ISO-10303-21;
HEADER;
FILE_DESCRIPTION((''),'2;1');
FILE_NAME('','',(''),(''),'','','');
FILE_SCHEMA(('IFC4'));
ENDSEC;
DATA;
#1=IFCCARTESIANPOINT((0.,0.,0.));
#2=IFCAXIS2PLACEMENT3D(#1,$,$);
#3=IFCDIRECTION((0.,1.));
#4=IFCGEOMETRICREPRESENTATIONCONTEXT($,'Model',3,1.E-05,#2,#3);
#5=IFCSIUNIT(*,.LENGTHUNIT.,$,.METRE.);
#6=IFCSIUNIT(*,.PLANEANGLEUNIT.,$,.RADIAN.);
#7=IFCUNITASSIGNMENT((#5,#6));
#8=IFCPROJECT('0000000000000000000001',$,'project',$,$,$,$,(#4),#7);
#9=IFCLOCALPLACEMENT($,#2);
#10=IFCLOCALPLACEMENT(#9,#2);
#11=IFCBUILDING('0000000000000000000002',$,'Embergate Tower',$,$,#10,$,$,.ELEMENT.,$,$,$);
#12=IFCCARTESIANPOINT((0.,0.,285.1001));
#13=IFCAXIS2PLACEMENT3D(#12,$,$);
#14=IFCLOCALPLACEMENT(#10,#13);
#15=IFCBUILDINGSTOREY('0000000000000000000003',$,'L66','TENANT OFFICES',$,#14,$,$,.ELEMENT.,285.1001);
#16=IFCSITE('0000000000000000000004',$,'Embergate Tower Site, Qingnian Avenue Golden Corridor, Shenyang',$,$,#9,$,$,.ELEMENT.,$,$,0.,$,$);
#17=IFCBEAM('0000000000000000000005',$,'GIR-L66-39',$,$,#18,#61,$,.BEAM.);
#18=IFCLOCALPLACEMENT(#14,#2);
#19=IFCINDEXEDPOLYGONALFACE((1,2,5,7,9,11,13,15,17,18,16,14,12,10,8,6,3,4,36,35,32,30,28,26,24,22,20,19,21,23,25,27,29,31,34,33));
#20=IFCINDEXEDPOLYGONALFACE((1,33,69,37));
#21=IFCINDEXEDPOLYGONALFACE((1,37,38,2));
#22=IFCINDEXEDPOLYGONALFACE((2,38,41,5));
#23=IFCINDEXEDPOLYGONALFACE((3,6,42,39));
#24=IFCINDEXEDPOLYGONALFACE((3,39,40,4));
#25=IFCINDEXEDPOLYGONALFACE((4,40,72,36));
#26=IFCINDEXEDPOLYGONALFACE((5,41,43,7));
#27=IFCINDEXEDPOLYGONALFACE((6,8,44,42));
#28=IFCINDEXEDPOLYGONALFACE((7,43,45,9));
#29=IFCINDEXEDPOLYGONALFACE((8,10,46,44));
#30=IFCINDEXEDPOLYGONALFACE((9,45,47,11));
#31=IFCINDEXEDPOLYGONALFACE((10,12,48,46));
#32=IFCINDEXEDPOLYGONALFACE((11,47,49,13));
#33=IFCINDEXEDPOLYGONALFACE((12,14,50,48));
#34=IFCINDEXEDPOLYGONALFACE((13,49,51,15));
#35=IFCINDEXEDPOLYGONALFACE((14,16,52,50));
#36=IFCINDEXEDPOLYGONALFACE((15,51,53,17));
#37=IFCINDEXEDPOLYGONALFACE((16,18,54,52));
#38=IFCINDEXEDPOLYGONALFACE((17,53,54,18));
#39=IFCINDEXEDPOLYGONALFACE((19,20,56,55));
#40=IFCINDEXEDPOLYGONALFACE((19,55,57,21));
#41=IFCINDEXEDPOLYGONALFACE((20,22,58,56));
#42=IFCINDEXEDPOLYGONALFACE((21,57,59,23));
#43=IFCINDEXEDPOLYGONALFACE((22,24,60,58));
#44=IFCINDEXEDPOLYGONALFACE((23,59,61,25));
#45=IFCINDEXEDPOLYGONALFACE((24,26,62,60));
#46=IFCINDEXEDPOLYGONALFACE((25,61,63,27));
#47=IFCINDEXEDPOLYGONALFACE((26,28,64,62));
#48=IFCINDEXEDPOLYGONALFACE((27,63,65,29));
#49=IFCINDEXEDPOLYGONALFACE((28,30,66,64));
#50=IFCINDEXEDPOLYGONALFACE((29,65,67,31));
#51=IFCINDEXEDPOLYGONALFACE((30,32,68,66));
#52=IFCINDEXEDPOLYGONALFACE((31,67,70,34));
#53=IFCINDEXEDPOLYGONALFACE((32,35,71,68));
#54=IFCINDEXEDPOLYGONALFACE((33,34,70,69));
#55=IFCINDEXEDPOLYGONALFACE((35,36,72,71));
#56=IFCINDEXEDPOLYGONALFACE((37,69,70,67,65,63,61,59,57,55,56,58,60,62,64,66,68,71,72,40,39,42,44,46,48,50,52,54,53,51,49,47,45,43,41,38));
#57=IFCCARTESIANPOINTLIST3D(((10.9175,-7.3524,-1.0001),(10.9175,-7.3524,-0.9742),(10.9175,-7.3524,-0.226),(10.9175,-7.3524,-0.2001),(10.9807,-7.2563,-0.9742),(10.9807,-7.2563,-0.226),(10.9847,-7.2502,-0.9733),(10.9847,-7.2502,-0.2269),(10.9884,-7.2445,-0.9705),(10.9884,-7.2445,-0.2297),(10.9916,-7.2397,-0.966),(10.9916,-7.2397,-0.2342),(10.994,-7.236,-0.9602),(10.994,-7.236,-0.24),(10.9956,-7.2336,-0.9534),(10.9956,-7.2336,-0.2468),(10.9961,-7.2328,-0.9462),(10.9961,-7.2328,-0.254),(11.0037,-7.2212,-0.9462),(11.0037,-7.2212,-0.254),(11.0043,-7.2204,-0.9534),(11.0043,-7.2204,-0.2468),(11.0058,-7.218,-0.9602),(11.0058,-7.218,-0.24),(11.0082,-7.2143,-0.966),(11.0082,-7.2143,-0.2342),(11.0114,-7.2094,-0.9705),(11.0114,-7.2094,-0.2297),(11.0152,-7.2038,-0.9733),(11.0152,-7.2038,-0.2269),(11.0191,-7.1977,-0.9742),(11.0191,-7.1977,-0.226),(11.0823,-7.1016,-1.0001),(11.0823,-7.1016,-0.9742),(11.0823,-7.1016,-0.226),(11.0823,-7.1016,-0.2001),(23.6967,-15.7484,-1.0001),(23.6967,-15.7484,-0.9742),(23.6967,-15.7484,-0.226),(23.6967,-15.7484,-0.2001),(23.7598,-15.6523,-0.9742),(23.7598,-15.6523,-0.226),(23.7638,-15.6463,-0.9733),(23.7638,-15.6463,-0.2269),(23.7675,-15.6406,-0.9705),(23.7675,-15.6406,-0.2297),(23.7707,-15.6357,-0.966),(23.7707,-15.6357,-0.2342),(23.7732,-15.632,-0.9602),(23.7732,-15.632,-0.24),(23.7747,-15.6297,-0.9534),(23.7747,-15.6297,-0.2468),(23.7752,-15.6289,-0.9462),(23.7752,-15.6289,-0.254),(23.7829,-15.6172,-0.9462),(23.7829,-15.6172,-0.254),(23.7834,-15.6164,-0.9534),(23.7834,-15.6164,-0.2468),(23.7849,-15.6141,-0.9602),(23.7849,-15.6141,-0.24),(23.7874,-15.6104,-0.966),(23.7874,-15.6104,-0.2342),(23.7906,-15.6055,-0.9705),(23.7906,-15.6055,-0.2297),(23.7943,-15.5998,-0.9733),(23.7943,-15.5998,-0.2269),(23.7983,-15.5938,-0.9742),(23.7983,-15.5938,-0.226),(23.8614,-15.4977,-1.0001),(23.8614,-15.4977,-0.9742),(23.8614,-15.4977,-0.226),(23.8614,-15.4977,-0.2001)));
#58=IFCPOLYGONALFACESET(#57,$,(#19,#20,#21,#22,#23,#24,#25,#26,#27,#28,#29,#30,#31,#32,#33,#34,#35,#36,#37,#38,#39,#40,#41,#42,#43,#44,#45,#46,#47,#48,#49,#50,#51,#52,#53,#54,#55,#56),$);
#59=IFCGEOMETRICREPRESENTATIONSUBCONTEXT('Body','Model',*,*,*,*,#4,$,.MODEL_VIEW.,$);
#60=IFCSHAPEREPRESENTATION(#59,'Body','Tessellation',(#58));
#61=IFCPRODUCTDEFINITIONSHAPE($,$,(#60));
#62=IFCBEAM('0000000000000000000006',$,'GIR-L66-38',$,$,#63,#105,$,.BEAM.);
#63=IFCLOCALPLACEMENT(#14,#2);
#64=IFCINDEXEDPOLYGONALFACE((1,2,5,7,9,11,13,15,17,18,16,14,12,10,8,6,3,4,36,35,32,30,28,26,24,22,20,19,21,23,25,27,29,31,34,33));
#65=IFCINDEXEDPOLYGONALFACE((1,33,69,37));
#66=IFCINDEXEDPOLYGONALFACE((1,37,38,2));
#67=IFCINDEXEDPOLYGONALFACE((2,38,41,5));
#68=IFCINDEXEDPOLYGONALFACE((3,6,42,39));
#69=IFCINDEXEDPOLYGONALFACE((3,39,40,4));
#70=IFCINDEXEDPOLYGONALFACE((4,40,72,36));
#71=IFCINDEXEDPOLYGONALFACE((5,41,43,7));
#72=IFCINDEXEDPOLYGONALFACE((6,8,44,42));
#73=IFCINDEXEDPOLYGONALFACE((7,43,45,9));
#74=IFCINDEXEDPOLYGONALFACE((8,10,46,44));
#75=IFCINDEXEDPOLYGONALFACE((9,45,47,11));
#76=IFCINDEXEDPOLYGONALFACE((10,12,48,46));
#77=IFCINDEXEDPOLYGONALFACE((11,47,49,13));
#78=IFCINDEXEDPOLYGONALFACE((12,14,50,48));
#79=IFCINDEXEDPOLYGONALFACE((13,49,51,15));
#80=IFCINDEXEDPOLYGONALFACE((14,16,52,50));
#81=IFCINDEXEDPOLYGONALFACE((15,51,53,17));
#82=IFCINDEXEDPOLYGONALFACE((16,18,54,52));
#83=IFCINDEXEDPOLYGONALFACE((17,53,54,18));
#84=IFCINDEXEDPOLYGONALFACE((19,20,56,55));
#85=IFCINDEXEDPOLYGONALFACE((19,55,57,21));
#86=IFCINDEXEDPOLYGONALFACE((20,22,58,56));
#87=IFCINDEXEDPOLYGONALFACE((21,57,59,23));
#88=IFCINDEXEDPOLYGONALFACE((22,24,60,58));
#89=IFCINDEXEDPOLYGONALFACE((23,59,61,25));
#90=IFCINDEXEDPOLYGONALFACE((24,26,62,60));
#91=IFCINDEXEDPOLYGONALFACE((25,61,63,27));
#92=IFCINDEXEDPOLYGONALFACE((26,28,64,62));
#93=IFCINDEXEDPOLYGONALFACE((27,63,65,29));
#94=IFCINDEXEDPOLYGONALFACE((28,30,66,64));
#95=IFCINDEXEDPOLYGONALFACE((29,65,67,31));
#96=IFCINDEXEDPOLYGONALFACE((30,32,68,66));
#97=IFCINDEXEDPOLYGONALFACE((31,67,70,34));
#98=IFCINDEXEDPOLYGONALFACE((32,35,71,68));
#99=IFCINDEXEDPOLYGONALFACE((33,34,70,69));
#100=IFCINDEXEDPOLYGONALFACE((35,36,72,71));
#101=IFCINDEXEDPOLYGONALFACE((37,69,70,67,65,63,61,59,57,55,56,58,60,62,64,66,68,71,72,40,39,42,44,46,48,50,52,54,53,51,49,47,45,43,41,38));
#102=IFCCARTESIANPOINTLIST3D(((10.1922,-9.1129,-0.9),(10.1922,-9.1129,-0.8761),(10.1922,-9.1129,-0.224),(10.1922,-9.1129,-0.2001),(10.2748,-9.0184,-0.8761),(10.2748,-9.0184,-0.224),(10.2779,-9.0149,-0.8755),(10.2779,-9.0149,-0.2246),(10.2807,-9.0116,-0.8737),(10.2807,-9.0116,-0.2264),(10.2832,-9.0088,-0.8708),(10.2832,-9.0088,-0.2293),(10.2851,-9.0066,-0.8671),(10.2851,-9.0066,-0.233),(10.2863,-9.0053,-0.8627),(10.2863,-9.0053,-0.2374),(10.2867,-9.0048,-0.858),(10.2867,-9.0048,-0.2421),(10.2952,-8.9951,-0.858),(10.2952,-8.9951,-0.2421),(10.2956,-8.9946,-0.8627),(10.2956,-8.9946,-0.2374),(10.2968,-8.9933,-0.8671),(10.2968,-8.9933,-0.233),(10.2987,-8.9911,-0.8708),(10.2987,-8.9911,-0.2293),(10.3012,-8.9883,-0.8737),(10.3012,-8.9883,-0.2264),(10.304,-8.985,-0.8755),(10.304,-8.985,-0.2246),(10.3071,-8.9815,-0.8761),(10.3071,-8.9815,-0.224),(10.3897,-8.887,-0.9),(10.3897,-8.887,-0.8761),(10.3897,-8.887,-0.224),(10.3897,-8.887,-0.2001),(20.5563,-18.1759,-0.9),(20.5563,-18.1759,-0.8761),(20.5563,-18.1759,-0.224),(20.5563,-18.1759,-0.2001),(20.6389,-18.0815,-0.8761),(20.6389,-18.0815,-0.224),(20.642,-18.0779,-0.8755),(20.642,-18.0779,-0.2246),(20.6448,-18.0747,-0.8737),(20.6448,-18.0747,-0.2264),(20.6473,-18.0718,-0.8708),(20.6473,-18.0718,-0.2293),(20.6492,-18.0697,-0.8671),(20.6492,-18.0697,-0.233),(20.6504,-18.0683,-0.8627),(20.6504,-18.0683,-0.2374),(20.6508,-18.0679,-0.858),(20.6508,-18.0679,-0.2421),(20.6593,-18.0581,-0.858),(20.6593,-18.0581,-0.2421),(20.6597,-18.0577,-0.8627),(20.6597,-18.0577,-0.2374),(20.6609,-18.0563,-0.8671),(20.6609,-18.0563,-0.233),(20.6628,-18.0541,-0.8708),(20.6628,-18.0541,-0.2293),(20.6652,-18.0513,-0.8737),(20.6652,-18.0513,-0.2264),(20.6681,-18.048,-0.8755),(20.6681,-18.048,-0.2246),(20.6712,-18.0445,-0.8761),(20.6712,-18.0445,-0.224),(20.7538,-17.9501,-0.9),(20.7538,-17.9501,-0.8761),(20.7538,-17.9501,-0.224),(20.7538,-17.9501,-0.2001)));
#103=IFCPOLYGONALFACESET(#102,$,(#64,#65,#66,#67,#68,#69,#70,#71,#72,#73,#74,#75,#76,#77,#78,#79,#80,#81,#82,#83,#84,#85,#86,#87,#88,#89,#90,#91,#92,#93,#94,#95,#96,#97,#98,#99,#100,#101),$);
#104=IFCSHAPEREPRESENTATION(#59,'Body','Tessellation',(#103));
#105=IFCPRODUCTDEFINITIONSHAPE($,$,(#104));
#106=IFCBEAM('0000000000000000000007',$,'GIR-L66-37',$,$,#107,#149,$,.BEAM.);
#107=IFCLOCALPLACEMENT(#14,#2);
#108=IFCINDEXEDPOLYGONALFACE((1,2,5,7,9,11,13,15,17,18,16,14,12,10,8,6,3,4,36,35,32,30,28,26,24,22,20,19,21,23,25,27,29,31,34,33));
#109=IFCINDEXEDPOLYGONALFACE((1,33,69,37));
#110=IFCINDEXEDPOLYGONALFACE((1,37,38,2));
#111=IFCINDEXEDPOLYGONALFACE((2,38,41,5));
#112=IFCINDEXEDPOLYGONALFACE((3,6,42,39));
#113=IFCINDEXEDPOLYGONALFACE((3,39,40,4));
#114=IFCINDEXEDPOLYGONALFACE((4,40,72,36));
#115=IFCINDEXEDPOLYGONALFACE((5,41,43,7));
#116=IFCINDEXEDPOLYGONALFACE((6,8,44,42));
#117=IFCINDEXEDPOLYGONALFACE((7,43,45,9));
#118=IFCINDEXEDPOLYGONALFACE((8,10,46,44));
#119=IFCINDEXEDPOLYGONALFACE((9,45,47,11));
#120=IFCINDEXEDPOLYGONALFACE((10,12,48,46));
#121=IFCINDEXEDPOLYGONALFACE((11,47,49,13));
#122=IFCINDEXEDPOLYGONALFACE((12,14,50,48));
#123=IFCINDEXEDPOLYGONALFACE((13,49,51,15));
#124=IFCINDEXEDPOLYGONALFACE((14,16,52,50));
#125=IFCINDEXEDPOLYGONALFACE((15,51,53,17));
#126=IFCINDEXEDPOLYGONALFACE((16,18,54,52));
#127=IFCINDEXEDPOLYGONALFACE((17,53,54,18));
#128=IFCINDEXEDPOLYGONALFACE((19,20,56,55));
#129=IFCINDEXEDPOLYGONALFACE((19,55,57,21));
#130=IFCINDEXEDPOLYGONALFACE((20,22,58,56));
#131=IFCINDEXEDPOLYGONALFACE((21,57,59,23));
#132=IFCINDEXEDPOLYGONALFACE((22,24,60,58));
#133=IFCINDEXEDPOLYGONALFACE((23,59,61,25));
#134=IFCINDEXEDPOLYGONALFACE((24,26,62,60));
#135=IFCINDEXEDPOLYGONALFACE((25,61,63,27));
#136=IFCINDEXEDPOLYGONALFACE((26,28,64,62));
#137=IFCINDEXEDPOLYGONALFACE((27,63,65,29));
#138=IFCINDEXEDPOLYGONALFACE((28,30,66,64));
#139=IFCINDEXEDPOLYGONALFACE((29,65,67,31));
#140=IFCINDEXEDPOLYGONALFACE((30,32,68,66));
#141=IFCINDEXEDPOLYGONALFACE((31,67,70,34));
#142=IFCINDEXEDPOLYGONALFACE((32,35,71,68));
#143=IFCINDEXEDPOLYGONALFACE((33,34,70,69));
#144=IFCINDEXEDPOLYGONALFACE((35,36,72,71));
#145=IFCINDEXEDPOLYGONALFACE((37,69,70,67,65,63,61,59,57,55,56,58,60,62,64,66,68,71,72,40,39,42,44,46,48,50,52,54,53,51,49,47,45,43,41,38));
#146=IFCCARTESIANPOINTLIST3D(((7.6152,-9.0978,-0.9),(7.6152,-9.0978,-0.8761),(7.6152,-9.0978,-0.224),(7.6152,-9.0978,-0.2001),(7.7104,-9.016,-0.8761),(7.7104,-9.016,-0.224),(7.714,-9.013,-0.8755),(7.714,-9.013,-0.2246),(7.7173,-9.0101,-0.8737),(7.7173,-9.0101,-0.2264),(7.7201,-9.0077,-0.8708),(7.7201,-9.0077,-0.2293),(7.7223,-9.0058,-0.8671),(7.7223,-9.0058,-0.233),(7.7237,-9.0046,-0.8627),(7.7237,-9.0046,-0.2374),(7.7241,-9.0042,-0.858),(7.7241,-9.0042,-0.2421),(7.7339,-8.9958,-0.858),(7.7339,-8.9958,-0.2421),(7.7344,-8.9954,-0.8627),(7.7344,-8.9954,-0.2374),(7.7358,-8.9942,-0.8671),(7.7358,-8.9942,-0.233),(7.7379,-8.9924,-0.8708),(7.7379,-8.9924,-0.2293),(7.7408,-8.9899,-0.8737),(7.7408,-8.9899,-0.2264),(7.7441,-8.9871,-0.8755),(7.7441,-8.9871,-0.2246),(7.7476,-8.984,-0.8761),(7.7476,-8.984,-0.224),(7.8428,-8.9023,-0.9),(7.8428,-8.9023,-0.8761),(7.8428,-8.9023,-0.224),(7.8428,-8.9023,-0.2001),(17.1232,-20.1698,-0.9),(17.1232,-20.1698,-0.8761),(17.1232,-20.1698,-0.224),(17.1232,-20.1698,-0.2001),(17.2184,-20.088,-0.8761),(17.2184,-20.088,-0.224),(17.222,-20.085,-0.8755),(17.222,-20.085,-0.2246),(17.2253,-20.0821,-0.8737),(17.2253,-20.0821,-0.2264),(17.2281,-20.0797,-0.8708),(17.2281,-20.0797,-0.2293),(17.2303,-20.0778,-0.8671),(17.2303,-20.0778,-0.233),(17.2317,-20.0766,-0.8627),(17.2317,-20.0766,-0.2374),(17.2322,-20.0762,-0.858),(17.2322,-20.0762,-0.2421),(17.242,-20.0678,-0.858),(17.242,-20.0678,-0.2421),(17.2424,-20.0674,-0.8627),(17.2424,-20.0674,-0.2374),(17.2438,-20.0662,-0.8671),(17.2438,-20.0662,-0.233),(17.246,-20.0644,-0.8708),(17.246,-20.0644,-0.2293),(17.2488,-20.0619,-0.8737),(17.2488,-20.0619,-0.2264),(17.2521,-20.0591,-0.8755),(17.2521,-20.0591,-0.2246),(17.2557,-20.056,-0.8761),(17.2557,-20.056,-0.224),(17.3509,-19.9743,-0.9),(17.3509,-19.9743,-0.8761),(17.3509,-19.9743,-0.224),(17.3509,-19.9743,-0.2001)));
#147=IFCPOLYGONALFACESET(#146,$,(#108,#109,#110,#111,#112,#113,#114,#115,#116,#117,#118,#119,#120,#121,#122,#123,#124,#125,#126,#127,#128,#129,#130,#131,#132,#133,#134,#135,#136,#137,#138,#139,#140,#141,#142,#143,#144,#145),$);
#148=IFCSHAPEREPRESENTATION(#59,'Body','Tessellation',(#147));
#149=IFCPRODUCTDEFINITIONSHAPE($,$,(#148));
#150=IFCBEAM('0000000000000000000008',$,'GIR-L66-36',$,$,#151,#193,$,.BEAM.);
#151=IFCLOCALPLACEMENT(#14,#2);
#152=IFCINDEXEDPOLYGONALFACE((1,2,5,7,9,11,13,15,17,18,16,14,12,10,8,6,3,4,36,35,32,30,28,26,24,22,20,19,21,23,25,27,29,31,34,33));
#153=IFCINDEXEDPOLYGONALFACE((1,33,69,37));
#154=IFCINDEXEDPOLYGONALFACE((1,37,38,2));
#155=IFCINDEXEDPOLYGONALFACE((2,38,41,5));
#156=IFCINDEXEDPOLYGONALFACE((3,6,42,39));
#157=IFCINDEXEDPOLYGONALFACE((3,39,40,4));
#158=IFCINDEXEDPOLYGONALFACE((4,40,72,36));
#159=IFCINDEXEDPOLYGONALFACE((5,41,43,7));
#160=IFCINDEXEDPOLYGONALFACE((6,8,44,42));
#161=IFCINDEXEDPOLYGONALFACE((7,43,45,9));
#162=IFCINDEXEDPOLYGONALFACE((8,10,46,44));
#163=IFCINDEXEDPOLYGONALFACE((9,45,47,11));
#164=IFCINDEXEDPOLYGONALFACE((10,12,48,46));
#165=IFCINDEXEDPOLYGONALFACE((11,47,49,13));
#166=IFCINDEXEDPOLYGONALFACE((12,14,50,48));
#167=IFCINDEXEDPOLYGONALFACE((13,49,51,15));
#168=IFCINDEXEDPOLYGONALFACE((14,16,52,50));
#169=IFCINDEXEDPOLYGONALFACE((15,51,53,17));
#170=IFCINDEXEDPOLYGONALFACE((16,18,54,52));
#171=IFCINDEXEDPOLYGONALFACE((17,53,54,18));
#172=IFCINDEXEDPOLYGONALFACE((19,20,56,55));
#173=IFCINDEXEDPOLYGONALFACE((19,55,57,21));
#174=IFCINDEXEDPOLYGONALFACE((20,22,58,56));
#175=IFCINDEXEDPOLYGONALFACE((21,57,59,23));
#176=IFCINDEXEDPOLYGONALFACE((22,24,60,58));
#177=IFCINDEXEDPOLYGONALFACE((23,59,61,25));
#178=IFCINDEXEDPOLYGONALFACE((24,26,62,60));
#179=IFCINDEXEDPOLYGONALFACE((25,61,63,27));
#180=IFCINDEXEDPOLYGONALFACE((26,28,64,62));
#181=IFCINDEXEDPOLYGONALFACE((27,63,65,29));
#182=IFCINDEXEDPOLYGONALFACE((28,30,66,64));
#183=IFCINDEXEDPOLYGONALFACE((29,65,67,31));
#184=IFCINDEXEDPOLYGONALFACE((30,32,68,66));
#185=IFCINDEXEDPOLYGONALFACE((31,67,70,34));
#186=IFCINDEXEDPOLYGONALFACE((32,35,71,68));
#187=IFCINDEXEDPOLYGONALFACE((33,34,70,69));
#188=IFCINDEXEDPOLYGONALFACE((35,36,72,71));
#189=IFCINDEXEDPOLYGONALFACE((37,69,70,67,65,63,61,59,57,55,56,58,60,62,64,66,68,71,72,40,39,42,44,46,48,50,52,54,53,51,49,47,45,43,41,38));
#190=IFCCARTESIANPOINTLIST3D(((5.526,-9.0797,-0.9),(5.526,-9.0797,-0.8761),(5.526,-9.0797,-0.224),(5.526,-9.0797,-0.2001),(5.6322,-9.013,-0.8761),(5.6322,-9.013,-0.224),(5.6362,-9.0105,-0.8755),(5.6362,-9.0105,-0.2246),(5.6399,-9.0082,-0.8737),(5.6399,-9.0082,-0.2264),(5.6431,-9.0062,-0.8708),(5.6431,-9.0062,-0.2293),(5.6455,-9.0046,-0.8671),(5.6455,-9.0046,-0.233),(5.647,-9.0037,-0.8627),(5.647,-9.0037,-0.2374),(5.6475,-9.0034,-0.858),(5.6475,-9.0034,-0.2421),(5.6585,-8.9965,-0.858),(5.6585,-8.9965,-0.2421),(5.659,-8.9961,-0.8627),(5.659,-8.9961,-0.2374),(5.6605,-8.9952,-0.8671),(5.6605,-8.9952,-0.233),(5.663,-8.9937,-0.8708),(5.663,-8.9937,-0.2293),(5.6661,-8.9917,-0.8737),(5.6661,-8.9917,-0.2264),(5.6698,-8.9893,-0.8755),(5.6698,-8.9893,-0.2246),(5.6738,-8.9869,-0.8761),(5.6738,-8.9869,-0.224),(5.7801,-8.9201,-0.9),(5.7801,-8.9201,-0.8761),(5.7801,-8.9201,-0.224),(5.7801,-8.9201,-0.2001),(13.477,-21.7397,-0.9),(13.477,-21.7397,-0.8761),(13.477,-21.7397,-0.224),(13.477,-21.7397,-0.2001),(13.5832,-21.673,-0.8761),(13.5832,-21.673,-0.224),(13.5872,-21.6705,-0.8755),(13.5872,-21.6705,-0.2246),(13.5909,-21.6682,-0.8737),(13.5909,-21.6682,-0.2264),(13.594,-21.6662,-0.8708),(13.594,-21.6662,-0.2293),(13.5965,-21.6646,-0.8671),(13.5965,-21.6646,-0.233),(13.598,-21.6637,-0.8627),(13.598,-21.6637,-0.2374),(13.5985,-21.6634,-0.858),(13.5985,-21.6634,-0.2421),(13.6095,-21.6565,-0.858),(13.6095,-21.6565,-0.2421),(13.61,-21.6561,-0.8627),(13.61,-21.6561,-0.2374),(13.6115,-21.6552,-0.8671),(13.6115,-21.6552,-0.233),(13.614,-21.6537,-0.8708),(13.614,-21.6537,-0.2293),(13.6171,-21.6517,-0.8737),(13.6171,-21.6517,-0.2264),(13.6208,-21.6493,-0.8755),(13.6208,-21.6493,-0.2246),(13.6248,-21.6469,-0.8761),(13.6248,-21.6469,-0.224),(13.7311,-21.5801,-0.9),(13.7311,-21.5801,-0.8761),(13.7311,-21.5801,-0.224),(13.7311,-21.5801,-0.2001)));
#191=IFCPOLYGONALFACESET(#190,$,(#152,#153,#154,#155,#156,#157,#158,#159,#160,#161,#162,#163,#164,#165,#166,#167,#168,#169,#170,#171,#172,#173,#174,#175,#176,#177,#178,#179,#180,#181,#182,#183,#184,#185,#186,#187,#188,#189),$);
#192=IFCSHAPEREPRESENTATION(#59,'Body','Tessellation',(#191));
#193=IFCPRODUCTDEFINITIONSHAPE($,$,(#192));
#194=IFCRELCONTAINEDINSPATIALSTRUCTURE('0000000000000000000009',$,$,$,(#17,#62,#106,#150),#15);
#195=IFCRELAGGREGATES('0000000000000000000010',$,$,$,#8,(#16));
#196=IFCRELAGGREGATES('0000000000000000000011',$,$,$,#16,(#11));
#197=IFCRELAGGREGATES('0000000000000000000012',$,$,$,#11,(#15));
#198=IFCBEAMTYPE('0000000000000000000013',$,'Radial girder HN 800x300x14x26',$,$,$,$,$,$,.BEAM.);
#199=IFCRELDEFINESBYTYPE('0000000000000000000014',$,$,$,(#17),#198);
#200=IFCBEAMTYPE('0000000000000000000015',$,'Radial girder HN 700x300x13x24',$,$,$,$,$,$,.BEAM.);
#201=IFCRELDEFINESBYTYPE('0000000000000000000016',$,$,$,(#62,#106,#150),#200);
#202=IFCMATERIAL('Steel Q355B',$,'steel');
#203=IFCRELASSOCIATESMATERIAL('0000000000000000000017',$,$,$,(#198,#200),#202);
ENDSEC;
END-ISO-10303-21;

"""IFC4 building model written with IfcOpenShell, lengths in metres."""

from ifc_helpers import new_model, si_unit, direction, frame, origin, origin_2d, place, context, subcontext, project, spatial, i_section, extrude, source, transform, mapped, material, material_profile, profile_set, type_object, element, save


model = new_model("IFC4")

# Units and contexts
model_context = context("Model", 3, precision=1e-05, world=origin(), true_north=direction((0.0, 1.0)))
body_context = subcontext(model_context, "Body", "Model", "MODEL_VIEW")
ifc_project = project(units=[si_unit("LENGTHUNIT", "METRE"), si_unit("PLANEANGLEUNIT", "RADIAN")], contexts=[model_context])

# Site, building, storey
site_placement = place(None, origin())
site = spatial("IfcSite", under=ifc_project, at=site_placement, Name="Embergate Tower Site, Qingnian Avenue Golden Corridor, Shenyang", CompositionType="ELEMENT", RefElevation=0.0)
building_placement = place(site_placement, origin())
building = spatial("IfcBuilding", under=site, at=building_placement, Name="Embergate Tower", CompositionType="ELEMENT")
storey_placement = place(building_placement, frame((0.0, 0.0, 285.1001)))
storey = spatial("IfcBuildingStorey", under=building, at=storey_placement, Name="L66", Description="TENANT OFFICES", CompositionType="ELEMENT", Elevation=285.1001)

# Beams
ifc_material_1 = material(Name="Steel Q355B", Category="steel")
ifc_material_profile_1 = material_profile(ifc_material_1, i_section(OverallWidth=0.3, OverallDepth=0.8, WebThickness=0.0139, FlangeThickness=0.0259, FilletRadius=0.0281, at=origin_2d()), Name="HN 800x300x14x26")
ifc_profile_set_1 = profile_set([ifc_material_profile_1], Name="Steel Q355 grade B")
beam_type_1 = type_object("IfcBeamType", Name="Radial girder HN 800x300x14x26", PredefinedType="BEAM", material=ifc_profile_set_1)
shared_shape_1 = source(origin(), body_context, "Body", "SweptSolid", [
    extrude(i_section(OverallWidth=0.3, OverallDepth=0.8, WebThickness=0.0139, FlangeThickness=0.0259, FilletRadius=0.0281, at=origin_2d()), origin(), (0.0, 0.0, 1.0), 15.2905),
])
beam_1_placement = place(storey_placement, frame((23.7791, -15.623, -0.6001), z_axis=(-0.835756, 0.549102, 0.0), x_axis=(-0.549102, -0.835756, 0.0)))
element("IfcBeam", 1, at=beam_1_placement, inside=storey, type_object=beam_type_1, Name="GIR-L66-39", PredefinedType="BEAM", context=body_context, shape_type="MappedRepresentation", body=[
    mapped(shared_shape_1, transform((0.0, 0.0, 0.0))),
])
ifc_material_profile_2 = material_profile(ifc_material_1, i_section(OverallWidth=0.3, OverallDepth=0.7, WebThickness=0.0129, FlangeThickness=0.0239, FilletRadius=0.0181, at=origin_2d()), Name="HN 700x300x13x24")
ifc_profile_set_2 = profile_set([ifc_material_profile_2], Name="Steel Q355 grade B")
beam_type_2 = type_object("IfcBeamType", Name="Radial girder HN 700x300x13x24", PredefinedType="BEAM", material=ifc_profile_set_2)
shared_shape_2 = source(origin(), body_context, "Body", "SweptSolid", [
    extrude(i_section(OverallWidth=0.3, OverallDepth=0.7, WebThickness=0.0129, FlangeThickness=0.0239, FilletRadius=0.0181, at=origin_2d()), origin(), (0.0, 0.0, 1.0), 13.7678),
])
beam_2_placement = place(storey_placement, frame((20.655, -18.063, -0.55), z_axis=(-0.752775, 0.658277, 0.0), x_axis=(-0.658277, -0.752775, 0.0)))
element("IfcBeam", 2, at=beam_2_placement, inside=storey, type_object=beam_type_2, Name="GIR-L66-38", PredefinedType="BEAM", context=body_context, shape_type="MappedRepresentation", body=[
    mapped(shared_shape_2, transform((0.0, 0.0, 0.0))),
])
shared_shape_3 = source(origin(), body_context, "Body", "SweptSolid", [
    extrude(i_section(OverallWidth=0.3, OverallDepth=0.7, WebThickness=0.0129, FlangeThickness=0.0239, FilletRadius=0.0181, at=origin_2d()), origin(), (0.0, 0.0, 1.0), 14.5942),
])
beam_3_placement = place(storey_placement, frame((17.2371, -20.072, -0.55), z_axis=(-0.651492, 0.758655, 0.0), x_axis=(-0.758655, -0.651492, 0.0)))
element("IfcBeam", 3, at=beam_3_placement, inside=storey, type_object=beam_type_2, Name="GIR-L66-37", PredefinedType="BEAM", context=body_context, shape_type="MappedRepresentation", body=[
    mapped(shared_shape_3, transform((0.0, 0.0, 0.0))),
])
shared_shape_4 = source(origin(), body_context, "Body", "SweptSolid", [
    extrude(i_section(OverallWidth=0.3, OverallDepth=0.7, WebThickness=0.0129, FlangeThickness=0.0239, FilletRadius=0.0181, at=origin_2d()), origin(), (0.0, 0.0, 1.0), 14.9497),
])
beam_4_placement = place(storey_placement, frame((13.604, -21.6599, -0.55), z_axis=(-0.531849, 0.846839, 0.0), x_axis=(-0.846839, -0.531849, 0.0)))
element("IfcBeam", 4, at=beam_4_placement, inside=storey, type_object=beam_type_2, Name="GIR-L66-36", PredefinedType="BEAM", context=body_context, shape_type="MappedRepresentation", body=[
    mapped(shared_shape_4, transform((0.0, 0.0, 0.0))),
])

save(model, "model.ifc")
